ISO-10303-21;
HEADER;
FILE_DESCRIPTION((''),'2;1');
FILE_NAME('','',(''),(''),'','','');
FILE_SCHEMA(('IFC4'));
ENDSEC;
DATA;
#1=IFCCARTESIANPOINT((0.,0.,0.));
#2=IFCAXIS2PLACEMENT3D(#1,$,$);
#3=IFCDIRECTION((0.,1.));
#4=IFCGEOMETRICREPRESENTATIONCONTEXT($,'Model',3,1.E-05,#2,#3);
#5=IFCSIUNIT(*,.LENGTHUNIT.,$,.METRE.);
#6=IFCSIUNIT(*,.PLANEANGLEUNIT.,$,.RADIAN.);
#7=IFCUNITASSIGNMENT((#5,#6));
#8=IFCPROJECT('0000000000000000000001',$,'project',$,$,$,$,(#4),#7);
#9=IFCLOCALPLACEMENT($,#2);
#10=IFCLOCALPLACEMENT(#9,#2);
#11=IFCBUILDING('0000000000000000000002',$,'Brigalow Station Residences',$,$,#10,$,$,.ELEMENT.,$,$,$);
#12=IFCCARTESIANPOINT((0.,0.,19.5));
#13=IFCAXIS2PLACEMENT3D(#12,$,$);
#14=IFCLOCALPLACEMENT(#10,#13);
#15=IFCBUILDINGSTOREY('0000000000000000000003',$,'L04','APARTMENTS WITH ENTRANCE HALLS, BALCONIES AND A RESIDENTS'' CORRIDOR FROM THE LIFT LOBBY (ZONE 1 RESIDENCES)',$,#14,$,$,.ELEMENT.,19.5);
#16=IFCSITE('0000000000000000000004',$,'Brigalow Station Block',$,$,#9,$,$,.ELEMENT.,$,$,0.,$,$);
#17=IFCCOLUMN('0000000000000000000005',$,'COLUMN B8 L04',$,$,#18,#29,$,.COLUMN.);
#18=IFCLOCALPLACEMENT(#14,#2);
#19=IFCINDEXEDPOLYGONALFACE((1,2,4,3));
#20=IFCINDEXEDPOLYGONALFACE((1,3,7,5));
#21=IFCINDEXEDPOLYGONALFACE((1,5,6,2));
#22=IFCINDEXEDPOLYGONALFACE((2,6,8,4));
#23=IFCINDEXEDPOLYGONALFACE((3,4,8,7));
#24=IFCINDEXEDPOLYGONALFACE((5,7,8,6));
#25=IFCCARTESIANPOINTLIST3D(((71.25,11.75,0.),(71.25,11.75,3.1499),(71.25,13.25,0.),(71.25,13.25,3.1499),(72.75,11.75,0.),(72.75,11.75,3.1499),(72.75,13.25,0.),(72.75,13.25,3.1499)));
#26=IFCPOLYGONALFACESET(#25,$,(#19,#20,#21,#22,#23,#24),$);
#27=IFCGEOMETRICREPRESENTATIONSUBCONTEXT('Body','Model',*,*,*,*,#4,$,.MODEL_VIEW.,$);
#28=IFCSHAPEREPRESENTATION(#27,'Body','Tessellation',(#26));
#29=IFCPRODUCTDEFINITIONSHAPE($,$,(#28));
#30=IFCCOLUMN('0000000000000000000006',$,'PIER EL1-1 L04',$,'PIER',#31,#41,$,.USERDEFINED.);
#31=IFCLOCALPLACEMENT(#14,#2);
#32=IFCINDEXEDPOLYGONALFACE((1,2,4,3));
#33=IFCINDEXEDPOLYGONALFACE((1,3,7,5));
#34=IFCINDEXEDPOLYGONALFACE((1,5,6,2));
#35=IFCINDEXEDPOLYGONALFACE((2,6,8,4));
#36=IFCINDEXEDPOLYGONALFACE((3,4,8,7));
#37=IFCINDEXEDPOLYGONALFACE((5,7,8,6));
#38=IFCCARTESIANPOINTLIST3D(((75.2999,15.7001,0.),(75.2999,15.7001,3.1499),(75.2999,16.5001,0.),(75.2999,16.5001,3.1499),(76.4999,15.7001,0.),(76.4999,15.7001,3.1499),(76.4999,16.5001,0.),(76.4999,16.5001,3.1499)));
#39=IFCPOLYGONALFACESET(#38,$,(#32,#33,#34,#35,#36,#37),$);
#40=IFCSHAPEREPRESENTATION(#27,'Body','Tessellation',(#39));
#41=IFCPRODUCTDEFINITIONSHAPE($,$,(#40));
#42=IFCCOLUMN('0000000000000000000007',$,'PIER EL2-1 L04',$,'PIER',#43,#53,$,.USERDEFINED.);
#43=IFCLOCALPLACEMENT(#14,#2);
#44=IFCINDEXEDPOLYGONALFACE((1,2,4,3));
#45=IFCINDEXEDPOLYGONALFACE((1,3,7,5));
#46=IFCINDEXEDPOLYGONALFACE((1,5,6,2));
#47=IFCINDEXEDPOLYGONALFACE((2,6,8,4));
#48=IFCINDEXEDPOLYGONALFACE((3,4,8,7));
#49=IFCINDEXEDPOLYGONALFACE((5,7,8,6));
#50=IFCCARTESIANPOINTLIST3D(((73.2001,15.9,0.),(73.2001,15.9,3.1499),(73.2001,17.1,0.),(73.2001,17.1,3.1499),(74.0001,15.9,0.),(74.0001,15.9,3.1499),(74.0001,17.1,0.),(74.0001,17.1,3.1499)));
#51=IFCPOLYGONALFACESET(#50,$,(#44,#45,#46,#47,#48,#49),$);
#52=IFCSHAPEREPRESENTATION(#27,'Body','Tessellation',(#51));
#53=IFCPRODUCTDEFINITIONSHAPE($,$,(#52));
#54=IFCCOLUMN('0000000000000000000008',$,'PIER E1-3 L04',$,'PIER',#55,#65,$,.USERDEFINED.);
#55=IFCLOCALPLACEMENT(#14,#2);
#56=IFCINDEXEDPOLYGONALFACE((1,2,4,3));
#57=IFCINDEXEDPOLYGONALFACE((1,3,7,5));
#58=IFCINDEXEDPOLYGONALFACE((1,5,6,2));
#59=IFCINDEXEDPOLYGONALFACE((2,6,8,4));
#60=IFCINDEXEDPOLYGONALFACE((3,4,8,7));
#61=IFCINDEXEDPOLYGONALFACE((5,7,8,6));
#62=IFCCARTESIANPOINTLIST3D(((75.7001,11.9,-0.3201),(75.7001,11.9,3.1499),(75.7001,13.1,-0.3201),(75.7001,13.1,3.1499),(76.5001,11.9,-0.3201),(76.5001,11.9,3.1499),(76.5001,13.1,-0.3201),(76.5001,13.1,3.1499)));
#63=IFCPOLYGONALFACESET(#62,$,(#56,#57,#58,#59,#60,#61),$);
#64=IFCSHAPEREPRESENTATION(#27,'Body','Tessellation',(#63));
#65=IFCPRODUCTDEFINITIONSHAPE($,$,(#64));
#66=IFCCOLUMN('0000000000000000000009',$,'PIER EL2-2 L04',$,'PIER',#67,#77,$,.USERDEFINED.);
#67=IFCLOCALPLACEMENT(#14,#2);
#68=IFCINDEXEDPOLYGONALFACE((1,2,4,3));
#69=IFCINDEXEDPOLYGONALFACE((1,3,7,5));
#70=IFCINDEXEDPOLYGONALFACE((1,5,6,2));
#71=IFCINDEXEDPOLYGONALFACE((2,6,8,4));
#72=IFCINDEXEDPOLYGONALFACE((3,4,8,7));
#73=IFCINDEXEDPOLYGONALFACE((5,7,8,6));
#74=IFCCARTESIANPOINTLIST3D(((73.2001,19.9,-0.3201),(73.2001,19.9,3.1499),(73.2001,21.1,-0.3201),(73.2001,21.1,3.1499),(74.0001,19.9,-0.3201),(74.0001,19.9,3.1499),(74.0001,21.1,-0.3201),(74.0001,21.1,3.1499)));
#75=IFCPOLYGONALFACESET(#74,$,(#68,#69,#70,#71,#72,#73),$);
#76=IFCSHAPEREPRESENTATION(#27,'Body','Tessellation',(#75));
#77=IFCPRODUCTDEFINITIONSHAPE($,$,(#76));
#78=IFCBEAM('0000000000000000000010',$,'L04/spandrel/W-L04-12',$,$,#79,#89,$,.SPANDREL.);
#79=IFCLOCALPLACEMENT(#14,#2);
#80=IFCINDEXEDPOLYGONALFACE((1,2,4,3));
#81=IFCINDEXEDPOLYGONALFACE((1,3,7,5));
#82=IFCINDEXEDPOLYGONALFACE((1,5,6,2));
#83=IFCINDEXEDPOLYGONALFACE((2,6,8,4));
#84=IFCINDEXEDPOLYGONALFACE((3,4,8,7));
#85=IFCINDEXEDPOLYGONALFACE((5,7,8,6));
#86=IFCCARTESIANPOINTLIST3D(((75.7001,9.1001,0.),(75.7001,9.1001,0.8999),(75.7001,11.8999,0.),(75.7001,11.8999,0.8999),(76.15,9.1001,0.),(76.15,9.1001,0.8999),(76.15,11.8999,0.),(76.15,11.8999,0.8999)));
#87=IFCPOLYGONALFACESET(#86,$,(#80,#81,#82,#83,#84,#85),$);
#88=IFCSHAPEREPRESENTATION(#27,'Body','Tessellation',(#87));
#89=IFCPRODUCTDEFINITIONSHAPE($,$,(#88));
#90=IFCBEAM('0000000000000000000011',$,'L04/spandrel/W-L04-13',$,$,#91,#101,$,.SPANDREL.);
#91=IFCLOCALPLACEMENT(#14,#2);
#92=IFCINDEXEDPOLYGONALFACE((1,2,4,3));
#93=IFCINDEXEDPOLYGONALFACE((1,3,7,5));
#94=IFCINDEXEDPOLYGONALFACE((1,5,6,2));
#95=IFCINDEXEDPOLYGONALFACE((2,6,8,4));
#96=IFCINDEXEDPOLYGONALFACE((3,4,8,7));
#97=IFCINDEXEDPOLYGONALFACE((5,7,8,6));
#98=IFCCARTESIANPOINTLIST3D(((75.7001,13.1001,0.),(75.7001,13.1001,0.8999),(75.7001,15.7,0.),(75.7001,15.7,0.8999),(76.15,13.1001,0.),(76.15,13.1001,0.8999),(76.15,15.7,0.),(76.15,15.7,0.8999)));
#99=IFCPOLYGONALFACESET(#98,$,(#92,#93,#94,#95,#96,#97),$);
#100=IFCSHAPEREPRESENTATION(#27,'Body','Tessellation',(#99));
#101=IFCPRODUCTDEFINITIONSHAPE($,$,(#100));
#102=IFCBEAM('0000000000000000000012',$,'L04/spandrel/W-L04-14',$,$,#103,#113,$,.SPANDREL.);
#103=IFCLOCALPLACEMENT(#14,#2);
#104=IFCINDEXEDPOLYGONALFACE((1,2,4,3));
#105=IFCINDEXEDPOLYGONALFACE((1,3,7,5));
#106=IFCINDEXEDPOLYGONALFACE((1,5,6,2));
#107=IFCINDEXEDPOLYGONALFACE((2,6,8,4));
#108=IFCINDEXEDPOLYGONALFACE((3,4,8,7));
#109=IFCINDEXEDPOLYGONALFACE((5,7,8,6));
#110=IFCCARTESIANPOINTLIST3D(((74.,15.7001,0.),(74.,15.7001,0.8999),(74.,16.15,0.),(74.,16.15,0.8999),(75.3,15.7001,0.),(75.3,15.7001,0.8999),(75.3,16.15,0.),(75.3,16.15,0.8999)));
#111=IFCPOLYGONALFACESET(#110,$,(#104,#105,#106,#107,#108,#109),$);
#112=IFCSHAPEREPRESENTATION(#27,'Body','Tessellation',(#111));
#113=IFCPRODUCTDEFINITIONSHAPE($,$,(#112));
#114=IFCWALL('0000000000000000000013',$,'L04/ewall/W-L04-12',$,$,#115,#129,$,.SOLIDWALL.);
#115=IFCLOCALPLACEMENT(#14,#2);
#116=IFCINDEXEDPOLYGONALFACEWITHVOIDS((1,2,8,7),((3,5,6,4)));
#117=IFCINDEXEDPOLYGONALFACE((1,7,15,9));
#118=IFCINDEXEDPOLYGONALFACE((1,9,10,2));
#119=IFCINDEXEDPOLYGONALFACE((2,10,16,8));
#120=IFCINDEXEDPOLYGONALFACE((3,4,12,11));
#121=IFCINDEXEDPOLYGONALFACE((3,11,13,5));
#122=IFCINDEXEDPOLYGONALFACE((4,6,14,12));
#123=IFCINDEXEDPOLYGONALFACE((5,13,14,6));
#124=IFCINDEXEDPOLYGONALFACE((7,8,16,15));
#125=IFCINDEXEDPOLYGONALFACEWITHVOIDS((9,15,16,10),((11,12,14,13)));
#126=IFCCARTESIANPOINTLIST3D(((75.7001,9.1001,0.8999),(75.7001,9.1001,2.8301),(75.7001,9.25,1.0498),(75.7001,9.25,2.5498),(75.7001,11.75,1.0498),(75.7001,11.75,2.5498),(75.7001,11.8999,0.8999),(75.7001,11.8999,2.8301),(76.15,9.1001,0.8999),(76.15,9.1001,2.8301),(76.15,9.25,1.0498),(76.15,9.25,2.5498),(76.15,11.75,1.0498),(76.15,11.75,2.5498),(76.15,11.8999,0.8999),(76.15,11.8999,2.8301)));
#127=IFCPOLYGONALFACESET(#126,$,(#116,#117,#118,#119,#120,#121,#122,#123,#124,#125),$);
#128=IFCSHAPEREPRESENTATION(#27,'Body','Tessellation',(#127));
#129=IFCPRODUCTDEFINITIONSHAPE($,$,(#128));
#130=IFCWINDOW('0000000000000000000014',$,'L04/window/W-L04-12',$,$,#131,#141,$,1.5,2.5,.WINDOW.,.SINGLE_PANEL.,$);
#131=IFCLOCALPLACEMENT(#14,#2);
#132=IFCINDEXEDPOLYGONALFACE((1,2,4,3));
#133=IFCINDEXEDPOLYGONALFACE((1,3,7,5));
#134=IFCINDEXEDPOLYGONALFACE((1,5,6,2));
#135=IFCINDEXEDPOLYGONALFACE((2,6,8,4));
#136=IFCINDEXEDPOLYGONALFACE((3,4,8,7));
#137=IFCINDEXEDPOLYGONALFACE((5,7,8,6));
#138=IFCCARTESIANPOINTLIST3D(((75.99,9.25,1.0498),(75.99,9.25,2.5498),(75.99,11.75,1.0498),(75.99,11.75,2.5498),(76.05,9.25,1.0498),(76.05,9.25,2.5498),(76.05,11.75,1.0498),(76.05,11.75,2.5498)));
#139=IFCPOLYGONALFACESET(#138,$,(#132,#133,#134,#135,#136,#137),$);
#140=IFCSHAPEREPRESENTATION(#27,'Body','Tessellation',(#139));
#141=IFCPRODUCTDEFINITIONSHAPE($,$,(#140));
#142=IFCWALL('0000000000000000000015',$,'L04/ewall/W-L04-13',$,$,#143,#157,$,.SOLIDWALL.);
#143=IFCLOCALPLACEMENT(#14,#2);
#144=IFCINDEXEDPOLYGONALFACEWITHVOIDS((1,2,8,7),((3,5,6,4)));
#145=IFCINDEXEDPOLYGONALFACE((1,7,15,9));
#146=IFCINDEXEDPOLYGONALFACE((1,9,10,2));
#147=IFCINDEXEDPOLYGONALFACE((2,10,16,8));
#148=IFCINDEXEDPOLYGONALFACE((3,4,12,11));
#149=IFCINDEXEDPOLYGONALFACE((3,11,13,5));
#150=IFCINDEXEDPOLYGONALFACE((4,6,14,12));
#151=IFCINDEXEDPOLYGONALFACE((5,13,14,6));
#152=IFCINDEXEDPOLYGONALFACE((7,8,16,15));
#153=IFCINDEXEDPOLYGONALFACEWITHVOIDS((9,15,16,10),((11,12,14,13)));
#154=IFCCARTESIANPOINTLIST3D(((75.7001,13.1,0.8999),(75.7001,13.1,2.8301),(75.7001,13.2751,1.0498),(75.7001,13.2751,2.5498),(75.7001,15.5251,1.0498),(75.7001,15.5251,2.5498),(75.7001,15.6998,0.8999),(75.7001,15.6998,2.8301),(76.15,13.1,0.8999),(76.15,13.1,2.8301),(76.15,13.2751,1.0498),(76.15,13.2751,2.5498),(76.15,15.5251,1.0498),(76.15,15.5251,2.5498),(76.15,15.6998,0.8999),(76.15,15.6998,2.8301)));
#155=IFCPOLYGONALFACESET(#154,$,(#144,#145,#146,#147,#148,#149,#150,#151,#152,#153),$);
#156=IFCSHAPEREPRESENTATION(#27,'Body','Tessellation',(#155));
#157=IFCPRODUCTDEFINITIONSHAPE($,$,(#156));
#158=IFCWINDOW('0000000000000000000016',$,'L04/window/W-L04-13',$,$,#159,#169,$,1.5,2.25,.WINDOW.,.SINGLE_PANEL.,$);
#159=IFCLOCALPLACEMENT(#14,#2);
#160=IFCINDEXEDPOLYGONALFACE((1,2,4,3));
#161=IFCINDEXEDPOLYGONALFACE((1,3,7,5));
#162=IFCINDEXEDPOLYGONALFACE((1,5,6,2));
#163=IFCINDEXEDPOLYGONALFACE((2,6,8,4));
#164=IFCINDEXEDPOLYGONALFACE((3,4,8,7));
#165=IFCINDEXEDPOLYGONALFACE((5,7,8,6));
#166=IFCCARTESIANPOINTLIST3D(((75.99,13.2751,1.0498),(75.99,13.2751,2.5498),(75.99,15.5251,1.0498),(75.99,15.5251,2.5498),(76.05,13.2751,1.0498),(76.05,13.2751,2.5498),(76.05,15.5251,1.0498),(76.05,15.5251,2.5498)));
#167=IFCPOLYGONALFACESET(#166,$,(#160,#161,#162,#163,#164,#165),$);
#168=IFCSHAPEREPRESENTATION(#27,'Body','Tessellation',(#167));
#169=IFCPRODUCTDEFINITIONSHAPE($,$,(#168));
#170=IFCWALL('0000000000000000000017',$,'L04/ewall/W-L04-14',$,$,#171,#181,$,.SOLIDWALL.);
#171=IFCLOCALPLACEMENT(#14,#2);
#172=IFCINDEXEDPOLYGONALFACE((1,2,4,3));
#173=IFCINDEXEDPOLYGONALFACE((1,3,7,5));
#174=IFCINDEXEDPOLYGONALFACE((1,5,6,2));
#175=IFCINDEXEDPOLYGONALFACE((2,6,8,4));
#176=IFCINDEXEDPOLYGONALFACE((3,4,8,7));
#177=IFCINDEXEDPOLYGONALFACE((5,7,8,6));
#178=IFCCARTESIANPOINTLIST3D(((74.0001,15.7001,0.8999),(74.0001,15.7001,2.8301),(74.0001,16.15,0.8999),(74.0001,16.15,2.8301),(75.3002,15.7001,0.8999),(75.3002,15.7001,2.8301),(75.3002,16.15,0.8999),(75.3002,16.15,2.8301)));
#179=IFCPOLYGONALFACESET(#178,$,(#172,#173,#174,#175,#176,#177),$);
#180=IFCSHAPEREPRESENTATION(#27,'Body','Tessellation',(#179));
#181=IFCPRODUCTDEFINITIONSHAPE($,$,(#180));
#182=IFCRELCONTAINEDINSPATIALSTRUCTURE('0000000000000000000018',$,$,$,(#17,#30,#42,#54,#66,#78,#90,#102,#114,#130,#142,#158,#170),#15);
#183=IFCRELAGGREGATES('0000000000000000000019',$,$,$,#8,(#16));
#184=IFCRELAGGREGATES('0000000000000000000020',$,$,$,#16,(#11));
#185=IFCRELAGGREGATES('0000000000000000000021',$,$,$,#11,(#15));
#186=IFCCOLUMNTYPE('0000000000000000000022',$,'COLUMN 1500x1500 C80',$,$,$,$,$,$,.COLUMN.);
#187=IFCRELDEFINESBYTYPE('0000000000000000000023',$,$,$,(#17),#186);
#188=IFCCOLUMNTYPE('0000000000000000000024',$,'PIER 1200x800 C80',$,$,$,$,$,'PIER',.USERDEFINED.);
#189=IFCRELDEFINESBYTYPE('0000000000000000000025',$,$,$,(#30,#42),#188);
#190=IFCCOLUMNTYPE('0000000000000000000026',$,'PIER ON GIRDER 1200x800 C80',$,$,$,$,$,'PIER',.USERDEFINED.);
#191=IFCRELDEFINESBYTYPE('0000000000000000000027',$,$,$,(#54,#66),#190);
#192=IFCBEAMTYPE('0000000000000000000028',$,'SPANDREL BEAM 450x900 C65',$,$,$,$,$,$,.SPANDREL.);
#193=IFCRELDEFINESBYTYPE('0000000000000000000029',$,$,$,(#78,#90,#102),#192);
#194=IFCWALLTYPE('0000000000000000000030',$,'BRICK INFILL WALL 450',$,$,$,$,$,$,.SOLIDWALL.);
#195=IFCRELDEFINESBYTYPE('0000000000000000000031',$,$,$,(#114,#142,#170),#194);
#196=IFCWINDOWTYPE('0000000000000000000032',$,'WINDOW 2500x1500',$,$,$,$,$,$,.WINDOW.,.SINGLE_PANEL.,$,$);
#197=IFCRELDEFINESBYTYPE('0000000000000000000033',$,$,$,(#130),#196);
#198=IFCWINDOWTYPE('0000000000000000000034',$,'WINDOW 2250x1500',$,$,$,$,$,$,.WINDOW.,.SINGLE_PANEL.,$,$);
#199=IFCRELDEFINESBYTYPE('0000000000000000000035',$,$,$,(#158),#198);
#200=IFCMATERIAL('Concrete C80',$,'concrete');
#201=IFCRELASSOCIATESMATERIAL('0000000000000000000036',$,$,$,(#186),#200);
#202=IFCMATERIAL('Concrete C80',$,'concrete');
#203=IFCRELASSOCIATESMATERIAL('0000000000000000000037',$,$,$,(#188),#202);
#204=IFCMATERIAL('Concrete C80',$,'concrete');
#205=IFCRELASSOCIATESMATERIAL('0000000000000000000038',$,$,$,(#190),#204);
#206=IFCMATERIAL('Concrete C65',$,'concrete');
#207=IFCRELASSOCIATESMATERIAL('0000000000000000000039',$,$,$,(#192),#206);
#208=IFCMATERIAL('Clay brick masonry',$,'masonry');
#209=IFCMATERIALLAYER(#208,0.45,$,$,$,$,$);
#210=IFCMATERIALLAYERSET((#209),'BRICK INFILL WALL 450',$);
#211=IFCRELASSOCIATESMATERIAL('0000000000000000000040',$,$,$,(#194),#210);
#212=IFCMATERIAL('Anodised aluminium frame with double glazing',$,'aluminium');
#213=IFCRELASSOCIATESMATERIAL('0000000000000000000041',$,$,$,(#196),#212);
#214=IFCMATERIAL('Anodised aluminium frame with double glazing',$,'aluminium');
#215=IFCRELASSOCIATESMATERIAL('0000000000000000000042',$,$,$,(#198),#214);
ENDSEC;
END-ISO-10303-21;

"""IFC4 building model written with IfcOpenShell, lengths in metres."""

from ifc_helpers import new_model, si_unit, direction, frame, frame_2d, origin, origin_2d, place, context, subcontext, project, spatial, rectangle, extrude, material, layer, layer_set, material_profile, profile_set, type_object, element, fill, save


model = new_model("IFC4")

# Units and contexts
model_context = context("Model", 3, precision=1e-05, world=origin(), true_north=direction((0.0, 1.0)))
body_context = subcontext(model_context, "Body", "Model", "MODEL_VIEW")
ifc_project = project(units=[si_unit("LENGTHUNIT", "METRE"), si_unit("PLANEANGLEUNIT", "RADIAN")], contexts=[model_context])

# Site, building, storey
site_placement = place(None, origin())
site = spatial("IfcSite", under=ifc_project, at=site_placement, Name="Brigalow Station Block", CompositionType="ELEMENT", RefElevation=0.0)
building_placement = place(site_placement, origin())
building = spatial("IfcBuilding", under=site, at=building_placement, Name="Brigalow Station Residences", CompositionType="ELEMENT")
storey_placement = place(building_placement, frame((0.0, 0.0, 19.5)))
storey = spatial("IfcBuildingStorey", under=building, at=storey_placement, Name="L04", Description="APARTMENTS WITH ENTRANCE HALLS, BALCONIES AND A RESIDENTS' CORRIDOR FROM THE LIFT LOBBY (ZONE 1 RESIDENCES)", CompositionType="ELEMENT", Elevation=19.5)

# Columns
ifc_material_1 = material(Name="Concrete C80", Category="concrete")
ifc_material_profile_1 = material_profile(ifc_material_1, rectangle(XDim=1.5, YDim=1.5, at=origin_2d()), Name="RC1500x1500")
ifc_profile_set_1 = profile_set([ifc_material_profile_1], Name="Concrete C80")
column_type_1 = type_object("IfcColumnType", Name="COLUMN 1500x1500 C80", PredefinedType="COLUMN", material=ifc_profile_set_1)
column_placement = place(storey_placement, frame((72.0, 12.5, 0.0), z_axis=(0.0, 0.0, 1.0), x_axis=(1.0, 0.0, 0.0)))
element("IfcColumn", 1, at=column_placement, inside=storey, type_object=column_type_1, Name="COLUMN B8 L04", PredefinedType="COLUMN", context=body_context, shape_type="SweptSolid", body=[
    extrude(rectangle(XDim=1.5, YDim=1.5, at=origin_2d()), origin(), (0.0, 0.0, 1.0), 3.1499),
])
ifc_material_2 = material(Name="Concrete C80", Category="concrete")
ifc_material_profile_2 = material_profile(ifc_material_2, rectangle(XDim=1.2, YDim=0.8, at=origin_2d()), Name="RC1200x800")
ifc_profile_set_2 = profile_set([ifc_material_profile_2], Name="Concrete C80")
column_type_2 = type_object("IfcColumnType", Name="PIER 1200x800 C80", ElementType="PIER", PredefinedType="USERDEFINED", material=ifc_profile_set_2)
for number, where, z_axis, x_axis, name in (
    (2, (75.8999, 16.1001, 0.0), (0.0, 0.0, 1.0), (-1.0, 0.0, 0.0), "PIER EL1-1 L04"),
    (3, (73.6001, 16.5, 0.0), (0.0, 0.0, 1.0), (0.0, 1.0, 0.0), "PIER EL2-1 L04"),
):
    element("IfcColumn", number, at=place(storey_placement, frame(where, z_axis=z_axis, x_axis=x_axis)), inside=storey, type_object=column_type_2, Name=name, ObjectType="PIER", PredefinedType="USERDEFINED", context=body_context, shape_type="SweptSolid", body=[
        extrude(rectangle(XDim=1.2, YDim=0.8, at=origin_2d()), origin(), (0.0, 0.0, 1.0), 3.1499),
    ])
ifc_material_3 = material(Name="Concrete C80", Category="concrete")
ifc_material_profile_3 = material_profile(ifc_material_3, rectangle(XDim=1.2, YDim=0.8, at=origin_2d()), Name="RC1200x800")
ifc_profile_set_3 = profile_set([ifc_material_profile_3], Name="Concrete C80")
column_type_3 = type_object("IfcColumnType", Name="PIER ON GIRDER 1200x800 C80", ElementType="PIER", PredefinedType="USERDEFINED", material=ifc_profile_set_3)
for number, where, z_axis, x_axis, name in (
    (4, (76.1001, 12.5, -0.3201), (0.0, 0.0, 1.0), (0.0, 1.0, 0.0), "PIER E1-3 L04"),
    (5, (73.6001, 20.5, -0.3201), (0.0, 0.0, 1.0), (0.0, 1.0, 0.0), "PIER EL2-2 L04"),
):
    element("IfcColumn", number, at=place(storey_placement, frame(where, z_axis=z_axis, x_axis=x_axis)), inside=storey, type_object=column_type_3, Name=name, ObjectType="PIER", PredefinedType="USERDEFINED", context=body_context, shape_type="SweptSolid", body=[
        extrude(rectangle(XDim=1.2, YDim=0.8, at=origin_2d()), origin(), (0.0, 0.0, 1.0), 3.47),
    ])

# Beams
ifc_material_4 = material(Name="Concrete C65", Category="concrete")
ifc_material_profile_4 = material_profile(ifc_material_4, rectangle(XDim=0.45, YDim=0.8999, at=origin_2d()), Name="RC450x900")
ifc_profile_set_4 = profile_set([ifc_material_profile_4], Name="Concrete C65")
beam_type = type_object("IfcBeamType", Name="SPANDREL BEAM 450x900 C65", PredefinedType="SPANDREL", material=ifc_profile_set_4)
beam_1_placement = place(storey_placement, frame((75.925, 9.1001, 0.45), z_axis=(0.0, 1.0, 0.0), x_axis=(-1.0, 0.0, 0.0)))
element("IfcBeam", 6, at=beam_1_placement, inside=storey, type_object=beam_type, Name="L04/spandrel/W-L04-12", PredefinedType="SPANDREL", context=body_context, shape_type="SweptSolid", body=[
    extrude(rectangle(XDim=0.45, YDim=0.8999, at=origin_2d()), origin(), (0.0, 0.0, 1.0), 2.7998),
])
beam_2_placement = place(storey_placement, frame((75.925, 13.1001, 0.45), z_axis=(0.0, 1.0, 0.0), x_axis=(-1.0, 0.0, 0.0)))
element("IfcBeam", 7, at=beam_2_placement, inside=storey, type_object=beam_type, Name="L04/spandrel/W-L04-13", PredefinedType="SPANDREL", context=body_context, shape_type="SweptSolid", body=[
    extrude(rectangle(XDim=0.45, YDim=0.8999, at=origin_2d()), origin(), (0.0, 0.0, 1.0), 2.5999),
])
beam_3_placement = place(storey_placement, frame((75.3, 15.925, 0.45), z_axis=(-1.0, 0.0, 0.0), x_axis=(0.0, -1.0, 0.0)))
element("IfcBeam", 8, at=beam_3_placement, inside=storey, type_object=beam_type, Name="L04/spandrel/W-L04-14", PredefinedType="SPANDREL", context=body_context, shape_type="SweptSolid", body=[
    extrude(rectangle(XDim=0.45, YDim=0.8999, at=origin_2d()), origin(), (0.0, 0.0, 1.0), 1.3),
])

# Walls, openings, windows
ifc_material_5 = material(Name="Clay brick masonry", Category="masonry")
ifc_layer = layer(ifc_material_5, 0.45)
ifc_layer_set = layer_set([ifc_layer], Name="BRICK INFILL WALL 450")
wall_type = type_object("IfcWallType", Name="BRICK INFILL WALL 450", PredefinedType="SOLIDWALL", material=ifc_layer_set)
wall_1_placement = place(storey_placement, frame((75.925, 9.1001, 0.8999), z_axis=(0.0, 0.0, 1.0), x_axis=(0.0, 1.0, 0.0)))
wall_1 = element("IfcWall", 9, at=wall_1_placement, inside=storey, type_object=wall_type, Name="L04/ewall/W-L04-12", PredefinedType="SOLIDWALL", context=body_context, shape_type="SweptSolid", body=[
    extrude(rectangle(XDim=2.7998, YDim=0.45, at=frame_2d((1.3999, 0.0))), origin(), (0.0, 0.0, 1.0), 1.9302),
])
opening_1_placement = place(wall_1_placement, frame((0.1499, 0.0, 0.1499)))
opening_1 = element("IfcOpeningElement", 10, at=opening_1_placement, cuts=wall_1, PredefinedType="OPENING", context=body_context, shape_type="SweptSolid", body=[
    extrude(rectangle(XDim=2.5, YDim=1.5, at=frame_2d((1.25, 0.75))), frame((0.0, 0.2349, 0.0), z_axis=(0.0, -1.0, 0.0), x_axis=(1.0, 0.0, 0.0)), (0.0, 0.0, 1.0), 0.47),
])
ifc_material_6 = material(Name="Anodised aluminium frame with double glazing", Category="aluminium")
window_type_1 = type_object("IfcWindowType", Name="WINDOW 2500x1500", PartitioningType="SINGLE_PANEL", PredefinedType="WINDOW", material=ifc_material_6)
window_1_placement = place(opening_1_placement, origin())
window_1 = element("IfcWindow", 11, at=window_1_placement, inside=storey, type_object=window_type_1, Name="L04/window/W-L04-12", OverallHeight=1.5, OverallWidth=2.5, PartitioningType="SINGLE_PANEL", PredefinedType="WINDOW", context=body_context, shape_type="SweptSolid", body=[
    extrude(rectangle(XDim=2.5, YDim=1.5, at=frame_2d((1.25, 0.75))), frame((0.0, -0.0649, 0.0), z_axis=(0.0, -1.0, 0.0), x_axis=(1.0, 0.0, 0.0)), (0.0, 0.0, 1.0), 0.0601),
])
fill(opening_1, window_1)
wall_2_placement = place(storey_placement, frame((75.925, 13.1001, 0.8999), z_axis=(0.0, 0.0, 1.0), x_axis=(0.0, 1.0, 0.0)))
wall_2 = element("IfcWall", 12, at=wall_2_placement, inside=storey, type_object=wall_type, Name="L04/ewall/W-L04-13", PredefinedType="SOLIDWALL", context=body_context, shape_type="SweptSolid", body=[
    extrude(rectangle(XDim=2.5999, YDim=0.45, at=frame_2d((1.2998, 0.0))), origin(), (0.0, 0.0, 1.0), 1.9302),
])
opening_2_placement = place(wall_2_placement, frame((0.175, 0.0, 0.1499)))
opening_2 = element("IfcOpeningElement", 13, at=opening_2_placement, cuts=wall_2, PredefinedType="OPENING", context=body_context, shape_type="SweptSolid", body=[
    extrude(rectangle(XDim=2.25, YDim=1.5, at=frame_2d((1.125, 0.75))), frame((0.0, 0.2349, 0.0), z_axis=(0.0, -1.0, 0.0), x_axis=(1.0, 0.0, 0.0)), (0.0, 0.0, 1.0), 0.47),
])
ifc_material_7 = material(Name="Anodised aluminium frame with double glazing", Category="aluminium")
window_type_2 = type_object("IfcWindowType", Name="WINDOW 2250x1500", PartitioningType="SINGLE_PANEL", PredefinedType="WINDOW", material=ifc_material_7)
window_2_placement = place(opening_2_placement, origin())
window_2 = element("IfcWindow", 14, at=window_2_placement, inside=storey, type_object=window_type_2, Name="L04/window/W-L04-13", OverallHeight=1.5, OverallWidth=2.25, PartitioningType="SINGLE_PANEL", PredefinedType="WINDOW", context=body_context, shape_type="SweptSolid", body=[
    extrude(rectangle(XDim=2.25, YDim=1.5, at=frame_2d((1.125, 0.75))), frame((0.0, -0.0649, 0.0), z_axis=(0.0, -1.0, 0.0), x_axis=(1.0, 0.0, 0.0)), (0.0, 0.0, 1.0), 0.0601),
])
fill(opening_2, window_2)

# Wall
wall_3_placement = place(storey_placement, frame((75.3, 15.925, 0.8999), z_axis=(0.0, 0.0, 1.0), x_axis=(-1.0, 0.0, 0.0)))
element("IfcWall", 15, at=wall_3_placement, inside=storey, type_object=wall_type, Name="L04/ewall/W-L04-14", PredefinedType="SOLIDWALL", context=body_context, shape_type="SweptSolid", body=[
    extrude(rectangle(XDim=1.3, YDim=0.45, at=frame_2d((0.6499, 0.0))), origin(), (0.0, 0.0, 1.0), 1.9302),
])

save(model, "model.ifc")
